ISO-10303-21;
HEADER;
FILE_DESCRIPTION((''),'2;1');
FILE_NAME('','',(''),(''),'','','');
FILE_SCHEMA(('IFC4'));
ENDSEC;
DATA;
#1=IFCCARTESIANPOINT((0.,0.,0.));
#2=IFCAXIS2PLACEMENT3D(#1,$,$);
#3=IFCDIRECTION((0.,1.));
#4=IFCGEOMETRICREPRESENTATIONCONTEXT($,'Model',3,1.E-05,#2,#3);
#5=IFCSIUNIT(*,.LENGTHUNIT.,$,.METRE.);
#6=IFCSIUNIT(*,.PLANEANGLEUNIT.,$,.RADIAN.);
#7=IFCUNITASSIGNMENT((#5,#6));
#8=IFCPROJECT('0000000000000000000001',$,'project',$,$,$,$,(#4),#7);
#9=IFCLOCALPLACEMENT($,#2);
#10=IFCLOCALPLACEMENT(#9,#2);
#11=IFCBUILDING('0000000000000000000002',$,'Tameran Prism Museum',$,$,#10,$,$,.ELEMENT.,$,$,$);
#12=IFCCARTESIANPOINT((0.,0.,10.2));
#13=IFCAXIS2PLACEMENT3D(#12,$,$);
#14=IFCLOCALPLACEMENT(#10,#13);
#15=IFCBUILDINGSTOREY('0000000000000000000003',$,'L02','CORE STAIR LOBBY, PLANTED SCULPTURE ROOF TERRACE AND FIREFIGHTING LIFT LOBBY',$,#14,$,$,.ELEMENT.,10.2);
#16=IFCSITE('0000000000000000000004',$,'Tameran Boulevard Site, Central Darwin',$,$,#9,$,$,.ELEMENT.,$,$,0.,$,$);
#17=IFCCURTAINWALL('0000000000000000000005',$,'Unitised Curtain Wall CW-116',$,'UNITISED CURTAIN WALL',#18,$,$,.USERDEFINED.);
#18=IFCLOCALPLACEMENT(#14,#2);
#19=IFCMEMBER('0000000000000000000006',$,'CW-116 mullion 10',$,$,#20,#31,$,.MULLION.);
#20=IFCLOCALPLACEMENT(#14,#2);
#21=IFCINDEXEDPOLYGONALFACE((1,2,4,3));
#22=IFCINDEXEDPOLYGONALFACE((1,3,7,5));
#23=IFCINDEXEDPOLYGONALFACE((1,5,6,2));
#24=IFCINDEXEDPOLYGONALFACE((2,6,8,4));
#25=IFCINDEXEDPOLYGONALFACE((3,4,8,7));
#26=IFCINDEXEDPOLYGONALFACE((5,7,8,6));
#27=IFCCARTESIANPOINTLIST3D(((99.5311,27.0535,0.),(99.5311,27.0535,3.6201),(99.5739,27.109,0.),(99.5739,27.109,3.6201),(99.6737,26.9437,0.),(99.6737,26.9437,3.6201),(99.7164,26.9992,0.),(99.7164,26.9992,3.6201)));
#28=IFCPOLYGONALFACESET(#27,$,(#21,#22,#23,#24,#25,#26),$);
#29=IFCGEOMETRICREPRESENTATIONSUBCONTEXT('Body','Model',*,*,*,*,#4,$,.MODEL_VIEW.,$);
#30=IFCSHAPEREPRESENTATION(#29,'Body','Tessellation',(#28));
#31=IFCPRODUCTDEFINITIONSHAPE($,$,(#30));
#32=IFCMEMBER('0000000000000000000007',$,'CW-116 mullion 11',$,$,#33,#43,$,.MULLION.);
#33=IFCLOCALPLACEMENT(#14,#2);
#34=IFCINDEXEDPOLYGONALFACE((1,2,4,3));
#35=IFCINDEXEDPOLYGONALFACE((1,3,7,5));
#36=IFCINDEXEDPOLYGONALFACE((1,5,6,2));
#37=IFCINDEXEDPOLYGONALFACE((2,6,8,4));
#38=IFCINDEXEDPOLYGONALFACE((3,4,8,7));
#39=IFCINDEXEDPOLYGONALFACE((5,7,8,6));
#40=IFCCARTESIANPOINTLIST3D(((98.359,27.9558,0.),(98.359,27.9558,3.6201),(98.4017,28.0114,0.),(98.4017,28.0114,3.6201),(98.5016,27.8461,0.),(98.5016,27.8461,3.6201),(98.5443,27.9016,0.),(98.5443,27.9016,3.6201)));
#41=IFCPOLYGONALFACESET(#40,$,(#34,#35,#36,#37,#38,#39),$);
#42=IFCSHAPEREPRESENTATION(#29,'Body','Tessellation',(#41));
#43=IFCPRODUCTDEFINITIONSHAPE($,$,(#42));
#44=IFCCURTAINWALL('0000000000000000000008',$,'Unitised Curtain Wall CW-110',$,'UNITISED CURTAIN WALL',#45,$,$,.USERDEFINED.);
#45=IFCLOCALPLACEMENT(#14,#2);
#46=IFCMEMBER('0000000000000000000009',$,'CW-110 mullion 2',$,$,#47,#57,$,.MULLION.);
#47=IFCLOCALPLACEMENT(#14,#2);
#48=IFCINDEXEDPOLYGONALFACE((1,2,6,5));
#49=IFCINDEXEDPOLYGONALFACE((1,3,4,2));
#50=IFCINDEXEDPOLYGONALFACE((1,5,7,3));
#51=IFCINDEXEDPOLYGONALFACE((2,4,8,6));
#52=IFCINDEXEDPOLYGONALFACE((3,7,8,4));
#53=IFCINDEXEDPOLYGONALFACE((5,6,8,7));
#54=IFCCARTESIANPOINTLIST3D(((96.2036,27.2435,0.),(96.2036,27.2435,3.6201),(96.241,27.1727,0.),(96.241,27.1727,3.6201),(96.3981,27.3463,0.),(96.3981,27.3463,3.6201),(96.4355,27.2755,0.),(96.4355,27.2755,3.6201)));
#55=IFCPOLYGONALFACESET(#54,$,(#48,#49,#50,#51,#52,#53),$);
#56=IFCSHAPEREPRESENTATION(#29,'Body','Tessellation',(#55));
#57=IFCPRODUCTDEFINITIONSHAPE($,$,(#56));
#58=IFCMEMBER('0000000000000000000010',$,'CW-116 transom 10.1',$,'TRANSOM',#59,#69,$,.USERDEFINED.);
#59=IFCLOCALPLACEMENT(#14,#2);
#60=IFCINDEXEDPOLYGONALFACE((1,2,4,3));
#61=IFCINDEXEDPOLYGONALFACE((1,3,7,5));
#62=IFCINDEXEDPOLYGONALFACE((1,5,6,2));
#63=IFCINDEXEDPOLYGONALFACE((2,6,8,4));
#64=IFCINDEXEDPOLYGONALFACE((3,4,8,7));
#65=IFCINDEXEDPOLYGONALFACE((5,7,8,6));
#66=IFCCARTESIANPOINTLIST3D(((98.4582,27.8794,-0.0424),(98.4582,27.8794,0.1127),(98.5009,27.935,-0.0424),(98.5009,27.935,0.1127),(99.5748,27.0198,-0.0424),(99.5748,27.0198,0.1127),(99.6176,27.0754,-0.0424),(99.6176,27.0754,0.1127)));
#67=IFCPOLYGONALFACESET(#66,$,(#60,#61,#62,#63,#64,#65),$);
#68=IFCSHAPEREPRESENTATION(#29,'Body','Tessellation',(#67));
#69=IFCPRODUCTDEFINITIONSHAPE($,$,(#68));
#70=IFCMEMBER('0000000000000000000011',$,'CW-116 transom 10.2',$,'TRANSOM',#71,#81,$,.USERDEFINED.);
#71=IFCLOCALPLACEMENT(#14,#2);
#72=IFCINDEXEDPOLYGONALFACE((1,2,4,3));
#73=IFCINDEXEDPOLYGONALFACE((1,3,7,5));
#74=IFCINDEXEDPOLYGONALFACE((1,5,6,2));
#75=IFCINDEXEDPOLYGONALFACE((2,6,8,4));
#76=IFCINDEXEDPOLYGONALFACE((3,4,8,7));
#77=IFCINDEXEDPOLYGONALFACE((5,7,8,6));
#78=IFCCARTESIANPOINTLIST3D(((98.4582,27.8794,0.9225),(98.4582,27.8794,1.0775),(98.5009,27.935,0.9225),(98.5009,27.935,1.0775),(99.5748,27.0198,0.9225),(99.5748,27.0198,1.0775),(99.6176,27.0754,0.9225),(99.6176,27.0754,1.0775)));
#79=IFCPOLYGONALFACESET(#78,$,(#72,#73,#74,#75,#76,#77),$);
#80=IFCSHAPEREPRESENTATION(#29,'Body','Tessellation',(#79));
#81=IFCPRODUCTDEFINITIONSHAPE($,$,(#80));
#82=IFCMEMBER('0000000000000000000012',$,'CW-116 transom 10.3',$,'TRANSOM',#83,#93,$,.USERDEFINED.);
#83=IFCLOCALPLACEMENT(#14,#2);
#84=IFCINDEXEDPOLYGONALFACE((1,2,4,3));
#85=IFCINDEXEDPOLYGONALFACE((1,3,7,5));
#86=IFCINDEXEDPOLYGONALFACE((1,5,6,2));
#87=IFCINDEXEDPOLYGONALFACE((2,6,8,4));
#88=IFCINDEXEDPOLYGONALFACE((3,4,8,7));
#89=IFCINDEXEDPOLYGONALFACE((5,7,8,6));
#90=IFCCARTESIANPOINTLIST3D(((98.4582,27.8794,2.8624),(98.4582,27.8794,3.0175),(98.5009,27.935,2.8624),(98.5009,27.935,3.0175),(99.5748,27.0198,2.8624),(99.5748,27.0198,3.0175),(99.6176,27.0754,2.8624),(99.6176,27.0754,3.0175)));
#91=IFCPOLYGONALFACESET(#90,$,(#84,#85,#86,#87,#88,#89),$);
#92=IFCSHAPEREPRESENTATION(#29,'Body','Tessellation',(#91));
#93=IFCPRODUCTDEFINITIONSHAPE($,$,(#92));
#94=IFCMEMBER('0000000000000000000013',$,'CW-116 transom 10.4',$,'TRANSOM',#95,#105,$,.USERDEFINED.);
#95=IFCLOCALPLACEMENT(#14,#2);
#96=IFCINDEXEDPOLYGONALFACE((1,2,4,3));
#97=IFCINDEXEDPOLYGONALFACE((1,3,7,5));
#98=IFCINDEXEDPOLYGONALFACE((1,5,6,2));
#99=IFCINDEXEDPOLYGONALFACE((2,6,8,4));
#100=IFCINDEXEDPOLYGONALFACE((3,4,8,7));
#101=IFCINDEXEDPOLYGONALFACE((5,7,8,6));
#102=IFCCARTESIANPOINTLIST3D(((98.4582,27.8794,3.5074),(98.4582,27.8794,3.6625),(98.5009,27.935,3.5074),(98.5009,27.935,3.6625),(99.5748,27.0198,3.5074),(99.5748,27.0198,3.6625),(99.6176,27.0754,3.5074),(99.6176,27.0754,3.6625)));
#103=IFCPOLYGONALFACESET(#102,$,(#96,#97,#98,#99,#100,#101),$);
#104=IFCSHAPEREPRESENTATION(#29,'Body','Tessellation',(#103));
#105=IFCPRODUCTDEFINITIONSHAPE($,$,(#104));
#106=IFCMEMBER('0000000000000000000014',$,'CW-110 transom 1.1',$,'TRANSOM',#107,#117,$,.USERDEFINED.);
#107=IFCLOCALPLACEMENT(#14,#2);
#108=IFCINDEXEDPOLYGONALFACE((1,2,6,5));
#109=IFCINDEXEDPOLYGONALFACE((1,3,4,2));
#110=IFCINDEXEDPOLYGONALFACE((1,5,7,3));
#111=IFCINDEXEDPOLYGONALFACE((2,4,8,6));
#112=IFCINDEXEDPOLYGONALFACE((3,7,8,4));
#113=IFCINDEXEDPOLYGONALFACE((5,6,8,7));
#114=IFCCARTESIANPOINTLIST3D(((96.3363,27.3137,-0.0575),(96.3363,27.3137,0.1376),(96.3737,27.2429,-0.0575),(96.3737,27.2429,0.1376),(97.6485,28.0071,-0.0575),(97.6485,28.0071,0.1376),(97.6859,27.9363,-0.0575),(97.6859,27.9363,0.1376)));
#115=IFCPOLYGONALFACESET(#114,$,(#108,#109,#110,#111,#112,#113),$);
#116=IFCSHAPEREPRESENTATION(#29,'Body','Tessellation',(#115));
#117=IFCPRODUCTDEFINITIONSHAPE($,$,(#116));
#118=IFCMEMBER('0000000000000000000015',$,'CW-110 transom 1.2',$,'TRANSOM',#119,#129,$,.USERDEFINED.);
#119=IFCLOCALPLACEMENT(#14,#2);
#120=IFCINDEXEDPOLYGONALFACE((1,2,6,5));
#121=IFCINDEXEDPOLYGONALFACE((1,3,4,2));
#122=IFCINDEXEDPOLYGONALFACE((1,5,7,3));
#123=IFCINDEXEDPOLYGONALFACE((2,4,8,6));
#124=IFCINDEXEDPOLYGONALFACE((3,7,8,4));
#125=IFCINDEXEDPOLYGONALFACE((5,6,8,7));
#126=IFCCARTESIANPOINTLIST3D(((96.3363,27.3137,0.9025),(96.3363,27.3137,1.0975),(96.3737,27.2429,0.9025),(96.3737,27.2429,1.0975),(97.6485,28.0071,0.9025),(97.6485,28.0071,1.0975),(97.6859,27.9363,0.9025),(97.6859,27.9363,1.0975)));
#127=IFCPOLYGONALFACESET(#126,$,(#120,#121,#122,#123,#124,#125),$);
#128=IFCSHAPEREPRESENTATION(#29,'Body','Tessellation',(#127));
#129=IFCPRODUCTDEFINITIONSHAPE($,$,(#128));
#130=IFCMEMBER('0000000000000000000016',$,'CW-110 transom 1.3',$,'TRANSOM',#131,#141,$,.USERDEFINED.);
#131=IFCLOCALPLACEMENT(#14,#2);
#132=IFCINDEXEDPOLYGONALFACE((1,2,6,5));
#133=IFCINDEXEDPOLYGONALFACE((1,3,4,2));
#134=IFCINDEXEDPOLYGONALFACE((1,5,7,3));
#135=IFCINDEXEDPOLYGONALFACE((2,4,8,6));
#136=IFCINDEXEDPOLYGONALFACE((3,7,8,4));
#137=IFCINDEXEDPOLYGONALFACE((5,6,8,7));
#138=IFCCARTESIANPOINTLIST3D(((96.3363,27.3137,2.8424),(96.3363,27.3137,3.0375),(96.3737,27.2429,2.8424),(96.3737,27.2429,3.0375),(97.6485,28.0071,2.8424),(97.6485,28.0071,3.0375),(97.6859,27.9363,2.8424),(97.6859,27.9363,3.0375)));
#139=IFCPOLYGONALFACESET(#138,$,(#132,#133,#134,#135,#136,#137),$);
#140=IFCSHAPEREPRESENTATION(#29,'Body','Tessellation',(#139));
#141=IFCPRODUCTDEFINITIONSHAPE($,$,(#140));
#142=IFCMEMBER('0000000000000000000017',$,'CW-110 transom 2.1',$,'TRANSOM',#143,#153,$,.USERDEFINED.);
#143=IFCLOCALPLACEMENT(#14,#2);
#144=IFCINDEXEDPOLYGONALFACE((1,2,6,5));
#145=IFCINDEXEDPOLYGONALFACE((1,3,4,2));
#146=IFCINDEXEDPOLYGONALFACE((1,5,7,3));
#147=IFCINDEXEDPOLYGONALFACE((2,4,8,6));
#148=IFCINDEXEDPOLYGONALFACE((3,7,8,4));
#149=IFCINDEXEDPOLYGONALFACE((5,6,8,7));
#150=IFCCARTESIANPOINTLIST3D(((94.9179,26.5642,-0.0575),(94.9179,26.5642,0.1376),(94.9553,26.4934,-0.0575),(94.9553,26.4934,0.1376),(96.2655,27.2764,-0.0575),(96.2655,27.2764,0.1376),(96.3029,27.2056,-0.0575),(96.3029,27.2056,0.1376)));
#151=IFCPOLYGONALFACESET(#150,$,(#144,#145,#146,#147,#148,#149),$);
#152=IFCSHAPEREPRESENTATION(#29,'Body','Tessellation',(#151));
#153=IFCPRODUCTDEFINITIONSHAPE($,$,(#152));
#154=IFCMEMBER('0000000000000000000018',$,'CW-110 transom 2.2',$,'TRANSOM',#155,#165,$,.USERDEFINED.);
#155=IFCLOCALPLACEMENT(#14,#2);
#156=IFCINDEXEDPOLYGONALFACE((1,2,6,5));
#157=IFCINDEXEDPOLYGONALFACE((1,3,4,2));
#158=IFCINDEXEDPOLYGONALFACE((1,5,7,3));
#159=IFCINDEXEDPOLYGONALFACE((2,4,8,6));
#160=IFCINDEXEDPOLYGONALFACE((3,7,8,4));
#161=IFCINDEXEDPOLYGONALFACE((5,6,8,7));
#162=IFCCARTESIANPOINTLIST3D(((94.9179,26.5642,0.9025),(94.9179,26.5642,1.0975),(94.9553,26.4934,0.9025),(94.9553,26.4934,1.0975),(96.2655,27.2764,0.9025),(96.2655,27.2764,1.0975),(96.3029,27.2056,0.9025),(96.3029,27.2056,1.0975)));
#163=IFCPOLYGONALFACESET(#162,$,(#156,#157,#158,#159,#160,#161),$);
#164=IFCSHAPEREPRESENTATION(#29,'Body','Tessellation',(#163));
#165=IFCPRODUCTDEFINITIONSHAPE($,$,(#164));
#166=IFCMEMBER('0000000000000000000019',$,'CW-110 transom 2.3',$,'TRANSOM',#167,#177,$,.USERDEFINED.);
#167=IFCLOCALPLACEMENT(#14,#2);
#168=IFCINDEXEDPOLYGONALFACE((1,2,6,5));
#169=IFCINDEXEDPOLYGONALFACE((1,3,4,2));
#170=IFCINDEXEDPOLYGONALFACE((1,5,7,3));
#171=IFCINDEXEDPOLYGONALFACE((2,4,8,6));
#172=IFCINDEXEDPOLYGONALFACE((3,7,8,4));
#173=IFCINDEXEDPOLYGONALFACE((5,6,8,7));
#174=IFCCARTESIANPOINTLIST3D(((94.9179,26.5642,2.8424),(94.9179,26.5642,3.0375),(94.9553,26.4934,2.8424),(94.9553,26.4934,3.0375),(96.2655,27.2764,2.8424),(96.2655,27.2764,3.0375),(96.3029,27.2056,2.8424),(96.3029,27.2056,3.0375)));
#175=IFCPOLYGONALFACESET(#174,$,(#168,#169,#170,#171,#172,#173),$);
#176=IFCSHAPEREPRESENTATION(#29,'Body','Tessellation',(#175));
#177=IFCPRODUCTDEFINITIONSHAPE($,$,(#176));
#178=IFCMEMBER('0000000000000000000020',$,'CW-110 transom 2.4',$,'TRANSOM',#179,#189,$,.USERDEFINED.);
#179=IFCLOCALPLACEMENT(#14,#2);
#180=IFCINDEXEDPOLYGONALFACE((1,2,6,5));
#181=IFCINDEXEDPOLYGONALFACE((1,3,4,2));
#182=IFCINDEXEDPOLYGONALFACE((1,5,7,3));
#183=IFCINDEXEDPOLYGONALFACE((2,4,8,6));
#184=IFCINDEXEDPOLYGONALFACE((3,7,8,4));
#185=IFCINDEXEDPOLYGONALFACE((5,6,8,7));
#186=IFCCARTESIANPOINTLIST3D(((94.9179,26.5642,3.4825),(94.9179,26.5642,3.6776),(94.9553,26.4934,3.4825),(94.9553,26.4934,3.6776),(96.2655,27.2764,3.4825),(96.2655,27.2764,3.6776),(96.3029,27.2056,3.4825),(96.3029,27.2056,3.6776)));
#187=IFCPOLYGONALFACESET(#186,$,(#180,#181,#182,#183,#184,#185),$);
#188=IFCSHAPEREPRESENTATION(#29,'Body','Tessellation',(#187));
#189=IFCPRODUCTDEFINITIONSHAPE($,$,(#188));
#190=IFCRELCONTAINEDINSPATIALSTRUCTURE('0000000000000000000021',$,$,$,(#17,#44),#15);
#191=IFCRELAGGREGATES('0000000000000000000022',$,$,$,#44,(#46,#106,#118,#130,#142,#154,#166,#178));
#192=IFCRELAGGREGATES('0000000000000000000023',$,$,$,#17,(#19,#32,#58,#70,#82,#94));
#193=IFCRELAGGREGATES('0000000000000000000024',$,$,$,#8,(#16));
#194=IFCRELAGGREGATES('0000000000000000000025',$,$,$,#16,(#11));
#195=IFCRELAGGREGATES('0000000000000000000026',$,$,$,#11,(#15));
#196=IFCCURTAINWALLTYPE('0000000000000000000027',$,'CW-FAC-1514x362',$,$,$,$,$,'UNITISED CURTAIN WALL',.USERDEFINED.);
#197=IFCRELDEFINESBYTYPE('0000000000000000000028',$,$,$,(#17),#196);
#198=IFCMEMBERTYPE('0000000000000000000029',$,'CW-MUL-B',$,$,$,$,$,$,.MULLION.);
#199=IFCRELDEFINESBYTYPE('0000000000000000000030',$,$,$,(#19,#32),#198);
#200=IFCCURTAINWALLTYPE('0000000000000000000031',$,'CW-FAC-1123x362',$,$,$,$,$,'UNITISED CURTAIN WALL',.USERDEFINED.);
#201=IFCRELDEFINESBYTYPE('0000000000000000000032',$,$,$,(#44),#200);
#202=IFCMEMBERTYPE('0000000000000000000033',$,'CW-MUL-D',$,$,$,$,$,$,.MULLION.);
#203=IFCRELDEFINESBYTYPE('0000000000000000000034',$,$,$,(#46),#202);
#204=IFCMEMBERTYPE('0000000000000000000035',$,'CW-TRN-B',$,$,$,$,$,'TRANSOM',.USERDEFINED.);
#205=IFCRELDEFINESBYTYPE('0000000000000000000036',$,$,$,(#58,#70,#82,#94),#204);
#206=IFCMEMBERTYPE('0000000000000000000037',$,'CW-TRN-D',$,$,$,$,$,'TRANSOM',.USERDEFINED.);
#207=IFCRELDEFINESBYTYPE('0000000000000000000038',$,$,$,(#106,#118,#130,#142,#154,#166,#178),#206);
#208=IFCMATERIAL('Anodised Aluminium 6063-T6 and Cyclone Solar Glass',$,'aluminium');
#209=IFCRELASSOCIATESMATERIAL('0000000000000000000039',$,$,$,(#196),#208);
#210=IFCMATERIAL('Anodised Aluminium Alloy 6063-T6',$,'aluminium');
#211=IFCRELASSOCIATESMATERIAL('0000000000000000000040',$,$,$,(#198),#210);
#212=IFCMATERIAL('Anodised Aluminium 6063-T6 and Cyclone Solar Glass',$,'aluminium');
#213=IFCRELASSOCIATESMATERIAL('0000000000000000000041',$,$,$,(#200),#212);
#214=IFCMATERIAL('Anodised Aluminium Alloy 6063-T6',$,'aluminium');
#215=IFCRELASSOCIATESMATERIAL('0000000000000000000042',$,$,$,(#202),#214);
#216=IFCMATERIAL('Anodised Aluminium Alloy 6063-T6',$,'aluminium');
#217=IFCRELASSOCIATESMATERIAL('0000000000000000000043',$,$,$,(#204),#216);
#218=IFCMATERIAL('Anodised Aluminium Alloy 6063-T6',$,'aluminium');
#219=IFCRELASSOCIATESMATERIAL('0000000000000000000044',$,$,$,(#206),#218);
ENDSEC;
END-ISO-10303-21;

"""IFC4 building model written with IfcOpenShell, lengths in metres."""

from ifc_helpers import new_model, si_unit, direction, frame, origin, origin_2d, place, context, subcontext, project, spatial, rectangle, extrude, material, material_profile, profile_set, type_object, element, aggregate, save


model = new_model("IFC4")

# Units and contexts
model_context = context("Model", 3, precision=1e-05, world=origin(), true_north=direction((0.0, 1.0)))
body_context = subcontext(model_context, "Body", "Model", "MODEL_VIEW")
ifc_project = project(units=[si_unit("LENGTHUNIT", "METRE"), si_unit("PLANEANGLEUNIT", "RADIAN")], contexts=[model_context])

# Site, building, storey
site_placement = place(None, origin())
site = spatial("IfcSite", under=ifc_project, at=site_placement, Name="Tameran Boulevard Site, Central Darwin", CompositionType="ELEMENT", RefElevation=0.0)
building_placement = place(site_placement, origin())
building = spatial("IfcBuilding", under=site, at=building_placement, Name="Tameran Prism Museum", CompositionType="ELEMENT")
storey_placement = place(building_placement, frame((0.0, 0.0, 10.2)))
storey = spatial("IfcBuildingStorey", under=building, at=storey_placement, Name="L02", Description="CORE STAIR LOBBY, PLANTED SCULPTURE ROOF TERRACE AND FIREFIGHTING LIFT LOBBY", CompositionType="ELEMENT", Elevation=10.2)

# Curtain wall, members
ifc_material_1 = material(Name="Anodised Aluminium 6063-T6 and Cyclone Solar Glass", Category="aluminium")
curtain_wall_type_1 = type_object("IfcCurtainWallType", Name="CW-FAC-1514x362", ElementType="UNITISED CURTAIN WALL", PredefinedType="USERDEFINED", material=ifc_material_1)
curtain_wall_1_placement = place(storey_placement, origin())
curtain_wall_1 = element("IfcCurtainWall", 1, at=curtain_wall_1_placement, inside=storey, type_object=curtain_wall_type_1, Name="Unitised Curtain Wall CW-116", ObjectType="UNITISED CURTAIN WALL", PredefinedType="USERDEFINED")
ifc_material_2 = material(Name="Anodised Aluminium Alloy 6063-T6", Category="aluminium")
ifc_material_profile_1 = material_profile(ifc_material_2, rectangle(XDim=0.0701, YDim=0.1799, at=origin_2d()))
ifc_profile_set_1 = profile_set([ifc_material_profile_1])
member_type_1 = type_object("IfcMemberType", Name="CW-MUL-B", PredefinedType="MULLION", material=ifc_profile_set_1)
member_1_placement = place(storey_placement, frame((99.6238, 27.0264, 0.0), z_axis=(0.0, 0.0, 1.0), x_axis=(-0.610001, -0.792401, 0.0)))
member_1 = element("IfcMember", 2, at=member_1_placement, type_object=member_type_1, Name="CW-116 mullion 10", PredefinedType="MULLION", context=body_context, shape_type="SweptSolid", body=[
    extrude(rectangle(XDim=0.0701, YDim=0.1799, at=origin_2d()), origin(), (0.0, 0.0, 1.0), 3.6201),
])
member_2_placement = place(storey_placement, frame((98.4517, 27.9287, 0.0), z_axis=(0.0, 0.0, 1.0), x_axis=(-0.610001, -0.792401, 0.0)))
member_2 = element("IfcMember", 3, at=member_2_placement, type_object=member_type_1, Name="CW-116 mullion 11", PredefinedType="MULLION", context=body_context, shape_type="SweptSolid", body=[
    extrude(rectangle(XDim=0.0701, YDim=0.1799, at=origin_2d()), origin(), (0.0, 0.0, 1.0), 3.6201),
])

# Curtain wall, member
ifc_material_3 = material(Name="Anodised Aluminium 6063-T6 and Cyclone Solar Glass", Category="aluminium")
curtain_wall_type_2 = type_object("IfcCurtainWallType", Name="CW-FAC-1123x362", ElementType="UNITISED CURTAIN WALL", PredefinedType="USERDEFINED", material=ifc_material_3)
curtain_wall_2_placement = place(storey_placement, origin())
curtain_wall_2 = element("IfcCurtainWall", 4, at=curtain_wall_2_placement, inside=storey, type_object=curtain_wall_type_2, Name="Unitised Curtain Wall CW-110", ObjectType="UNITISED CURTAIN WALL", PredefinedType="USERDEFINED")
ifc_material_4 = material(Name="Anodised Aluminium Alloy 6063-T6", Category="aluminium")
ifc_material_profile_2 = material_profile(ifc_material_4, rectangle(XDim=0.0801, YDim=0.22, at=origin_2d()))
ifc_profile_set_2 = profile_set([ifc_material_profile_2])
member_type_2 = type_object("IfcMemberType", Name="CW-MUL-D", PredefinedType="MULLION", material=ifc_profile_set_2)
member_3_placement = place(storey_placement, frame((96.3196, 27.2595, 0.0), z_axis=(0.0, 0.0, 1.0), x_axis=(0.467155, -0.884175, 0.0)))
member_3 = element("IfcMember", 5, at=member_3_placement, type_object=member_type_2, Name="CW-110 mullion 2", PredefinedType="MULLION", context=body_context, shape_type="SweptSolid", body=[
    extrude(rectangle(XDim=0.0801, YDim=0.22, at=origin_2d()), origin(), (0.0, 0.0, 1.0), 3.6201),
])

# Members
ifc_material_5 = material(Name="Anodised Aluminium Alloy 6063-T6", Category="aluminium")
ifc_material_profile_3 = material_profile(ifc_material_5, rectangle(XDim=0.0701, YDim=0.155, at=origin_2d()))
ifc_profile_set_3 = profile_set([ifc_material_profile_3])
member_type_3 = type_object("IfcMemberType", Name="CW-TRN-B", ElementType="TRANSOM", PredefinedType="USERDEFINED", material=ifc_profile_set_3)
member_4_placement = place(storey_placement, frame((99.5962, 27.0476, 0.0352), z_axis=(-0.792411, 0.609987, 0.0), x_axis=(-0.609987, -0.792411, 0.0)))
member_4 = element("IfcMember", 6, at=member_4_placement, type_object=member_type_3, Name="CW-116 transom 10.1", ObjectType="TRANSOM", PredefinedType="USERDEFINED", context=body_context, shape_type="SweptSolid", body=[
    extrude(rectangle(XDim=0.0701, YDim=0.155, at=origin_2d()), origin(), (0.0, 0.0, 1.0), 1.4092),
])
member_5_placement = place(storey_placement, frame((99.5962, 27.0476, 1.0), z_axis=(-0.792411, 0.609987, 0.0), x_axis=(-0.609987, -0.792411, 0.0)))
member_5 = element("IfcMember", 7, at=member_5_placement, type_object=member_type_3, Name="CW-116 transom 10.2", ObjectType="TRANSOM", PredefinedType="USERDEFINED", context=body_context, shape_type="SweptSolid", body=[
    extrude(rectangle(XDim=0.0701, YDim=0.155, at=origin_2d()), origin(), (0.0, 0.0, 1.0), 1.4092),
])
member_6_placement = place(storey_placement, frame((99.5962, 27.0476, 2.9399), z_axis=(-0.792411, 0.609987, 0.0), x_axis=(-0.609987, -0.792411, 0.0)))
member_6 = element("IfcMember", 8, at=member_6_placement, type_object=member_type_3, Name="CW-116 transom 10.3", ObjectType="TRANSOM", PredefinedType="USERDEFINED", context=body_context, shape_type="SweptSolid", body=[
    extrude(rectangle(XDim=0.0701, YDim=0.155, at=origin_2d()), origin(), (0.0, 0.0, 1.0), 1.4092),
])
member_7_placement = place(storey_placement, frame((99.5962, 27.0476, 3.585), z_axis=(-0.792411, 0.609987, 0.0), x_axis=(-0.609987, -0.792411, 0.0)))
member_7 = element("IfcMember", 9, at=member_7_placement, type_object=member_type_3, Name="CW-116 transom 10.4", ObjectType="TRANSOM", PredefinedType="USERDEFINED", context=body_context, shape_type="SweptSolid", body=[
    extrude(rectangle(XDim=0.0701, YDim=0.155, at=origin_2d()), origin(), (0.0, 0.0, 1.0), 1.4092),
])
ifc_material_6 = material(Name="Anodised Aluminium Alloy 6063-T6", Category="aluminium")
ifc_material_profile_4 = material_profile(ifc_material_6, rectangle(XDim=0.0801, YDim=0.1951, at=origin_2d()))
ifc_profile_set_4 = profile_set([ifc_material_profile_4])
member_type_4 = type_object("IfcMemberType", Name="CW-TRN-D", ElementType="TRANSOM", PredefinedType="USERDEFINED", material=ifc_profile_set_4)
member_8_placement = place(storey_placement, frame((97.6672, 27.9717, 0.04), z_axis=(-0.884168, -0.46717, 0.0), x_axis=(0.46717, -0.884168, 0.0)))
member_8 = element("IfcMember", 10, at=member_8_placement, type_object=member_type_4, Name="CW-110 transom 1.1", ObjectType="TRANSOM", PredefinedType="USERDEFINED", context=body_context, shape_type="SweptSolid", body=[
    extrude(rectangle(XDim=0.0801, YDim=0.1951, at=origin_2d()), origin(), (0.0, 0.0, 1.0), 1.4841),
])
member_9_placement = place(storey_placement, frame((97.6672, 27.9717, 1.0), z_axis=(-0.884168, -0.46717, 0.0), x_axis=(0.46717, -0.884168, 0.0)))
member_9 = element("IfcMember", 11, at=member_9_placement, type_object=member_type_4, Name="CW-110 transom 1.2", ObjectType="TRANSOM", PredefinedType="USERDEFINED", context=body_context, shape_type="SweptSolid", body=[
    extrude(rectangle(XDim=0.0801, YDim=0.1951, at=origin_2d()), origin(), (0.0, 0.0, 1.0), 1.4841),
])
member_10_placement = place(storey_placement, frame((97.6672, 27.9717, 2.9399), z_axis=(-0.884168, -0.46717, 0.0), x_axis=(0.46717, -0.884168, 0.0)))
member_10 = element("IfcMember", 12, at=member_10_placement, type_object=member_type_4, Name="CW-110 transom 1.3", ObjectType="TRANSOM", PredefinedType="USERDEFINED", context=body_context, shape_type="SweptSolid", body=[
    extrude(rectangle(XDim=0.0801, YDim=0.1951, at=origin_2d()), origin(), (0.0, 0.0, 1.0), 1.4841),
])
member_11_placement = place(storey_placement, frame((96.2842, 27.241, 0.04), z_axis=(-0.884142, -0.467218, 0.0), x_axis=(0.467218, -0.884142, 0.0)))
member_11 = element("IfcMember", 13, at=member_11_placement, type_object=member_type_4, Name="CW-110 transom 2.1", ObjectType="TRANSOM", PredefinedType="USERDEFINED", context=body_context, shape_type="SweptSolid", body=[
    extrude(rectangle(XDim=0.0801, YDim=0.1951, at=origin_2d()), origin(), (0.0, 0.0, 1.0), 1.5242),
])
member_12_placement = place(storey_placement, frame((96.2842, 27.241, 1.0), z_axis=(-0.884142, -0.467218, 0.0), x_axis=(0.467218, -0.884142, 0.0)))
member_12 = element("IfcMember", 14, at=member_12_placement, type_object=member_type_4, Name="CW-110 transom 2.2", ObjectType="TRANSOM", PredefinedType="USERDEFINED", context=body_context, shape_type="SweptSolid", body=[
    extrude(rectangle(XDim=0.0801, YDim=0.1951, at=origin_2d()), origin(), (0.0, 0.0, 1.0), 1.5242),
])
member_13_placement = place(storey_placement, frame((96.2842, 27.241, 2.9399), z_axis=(-0.884142, -0.467218, 0.0), x_axis=(0.467218, -0.884142, 0.0)))
member_13 = element("IfcMember", 15, at=member_13_placement, type_object=member_type_4, Name="CW-110 transom 2.3", ObjectType="TRANSOM", PredefinedType="USERDEFINED", context=body_context, shape_type="SweptSolid", body=[
    extrude(rectangle(XDim=0.0801, YDim=0.1951, at=origin_2d()), origin(), (0.0, 0.0, 1.0), 1.5242),
])
member_14_placement = place(storey_placement, frame((96.2842, 27.241, 3.5801), z_axis=(-0.884142, -0.467218, 0.0), x_axis=(0.467218, -0.884142, 0.0)))
member_14 = element("IfcMember", 16, at=member_14_placement, type_object=member_type_4, Name="CW-110 transom 2.4", ObjectType="TRANSOM", PredefinedType="USERDEFINED", context=body_context, shape_type="SweptSolid", body=[
    extrude(rectangle(XDim=0.0801, YDim=0.1951, at=origin_2d()), origin(), (0.0, 0.0, 1.0), 1.5242),
])

aggregate(curtain_wall_2, [member_3, member_8, member_9, member_10, member_11, member_12, member_13, member_14])
aggregate(curtain_wall_1, [member_1, member_2, member_4, member_5, member_6, member_7])

save(model, "model.ifc")
